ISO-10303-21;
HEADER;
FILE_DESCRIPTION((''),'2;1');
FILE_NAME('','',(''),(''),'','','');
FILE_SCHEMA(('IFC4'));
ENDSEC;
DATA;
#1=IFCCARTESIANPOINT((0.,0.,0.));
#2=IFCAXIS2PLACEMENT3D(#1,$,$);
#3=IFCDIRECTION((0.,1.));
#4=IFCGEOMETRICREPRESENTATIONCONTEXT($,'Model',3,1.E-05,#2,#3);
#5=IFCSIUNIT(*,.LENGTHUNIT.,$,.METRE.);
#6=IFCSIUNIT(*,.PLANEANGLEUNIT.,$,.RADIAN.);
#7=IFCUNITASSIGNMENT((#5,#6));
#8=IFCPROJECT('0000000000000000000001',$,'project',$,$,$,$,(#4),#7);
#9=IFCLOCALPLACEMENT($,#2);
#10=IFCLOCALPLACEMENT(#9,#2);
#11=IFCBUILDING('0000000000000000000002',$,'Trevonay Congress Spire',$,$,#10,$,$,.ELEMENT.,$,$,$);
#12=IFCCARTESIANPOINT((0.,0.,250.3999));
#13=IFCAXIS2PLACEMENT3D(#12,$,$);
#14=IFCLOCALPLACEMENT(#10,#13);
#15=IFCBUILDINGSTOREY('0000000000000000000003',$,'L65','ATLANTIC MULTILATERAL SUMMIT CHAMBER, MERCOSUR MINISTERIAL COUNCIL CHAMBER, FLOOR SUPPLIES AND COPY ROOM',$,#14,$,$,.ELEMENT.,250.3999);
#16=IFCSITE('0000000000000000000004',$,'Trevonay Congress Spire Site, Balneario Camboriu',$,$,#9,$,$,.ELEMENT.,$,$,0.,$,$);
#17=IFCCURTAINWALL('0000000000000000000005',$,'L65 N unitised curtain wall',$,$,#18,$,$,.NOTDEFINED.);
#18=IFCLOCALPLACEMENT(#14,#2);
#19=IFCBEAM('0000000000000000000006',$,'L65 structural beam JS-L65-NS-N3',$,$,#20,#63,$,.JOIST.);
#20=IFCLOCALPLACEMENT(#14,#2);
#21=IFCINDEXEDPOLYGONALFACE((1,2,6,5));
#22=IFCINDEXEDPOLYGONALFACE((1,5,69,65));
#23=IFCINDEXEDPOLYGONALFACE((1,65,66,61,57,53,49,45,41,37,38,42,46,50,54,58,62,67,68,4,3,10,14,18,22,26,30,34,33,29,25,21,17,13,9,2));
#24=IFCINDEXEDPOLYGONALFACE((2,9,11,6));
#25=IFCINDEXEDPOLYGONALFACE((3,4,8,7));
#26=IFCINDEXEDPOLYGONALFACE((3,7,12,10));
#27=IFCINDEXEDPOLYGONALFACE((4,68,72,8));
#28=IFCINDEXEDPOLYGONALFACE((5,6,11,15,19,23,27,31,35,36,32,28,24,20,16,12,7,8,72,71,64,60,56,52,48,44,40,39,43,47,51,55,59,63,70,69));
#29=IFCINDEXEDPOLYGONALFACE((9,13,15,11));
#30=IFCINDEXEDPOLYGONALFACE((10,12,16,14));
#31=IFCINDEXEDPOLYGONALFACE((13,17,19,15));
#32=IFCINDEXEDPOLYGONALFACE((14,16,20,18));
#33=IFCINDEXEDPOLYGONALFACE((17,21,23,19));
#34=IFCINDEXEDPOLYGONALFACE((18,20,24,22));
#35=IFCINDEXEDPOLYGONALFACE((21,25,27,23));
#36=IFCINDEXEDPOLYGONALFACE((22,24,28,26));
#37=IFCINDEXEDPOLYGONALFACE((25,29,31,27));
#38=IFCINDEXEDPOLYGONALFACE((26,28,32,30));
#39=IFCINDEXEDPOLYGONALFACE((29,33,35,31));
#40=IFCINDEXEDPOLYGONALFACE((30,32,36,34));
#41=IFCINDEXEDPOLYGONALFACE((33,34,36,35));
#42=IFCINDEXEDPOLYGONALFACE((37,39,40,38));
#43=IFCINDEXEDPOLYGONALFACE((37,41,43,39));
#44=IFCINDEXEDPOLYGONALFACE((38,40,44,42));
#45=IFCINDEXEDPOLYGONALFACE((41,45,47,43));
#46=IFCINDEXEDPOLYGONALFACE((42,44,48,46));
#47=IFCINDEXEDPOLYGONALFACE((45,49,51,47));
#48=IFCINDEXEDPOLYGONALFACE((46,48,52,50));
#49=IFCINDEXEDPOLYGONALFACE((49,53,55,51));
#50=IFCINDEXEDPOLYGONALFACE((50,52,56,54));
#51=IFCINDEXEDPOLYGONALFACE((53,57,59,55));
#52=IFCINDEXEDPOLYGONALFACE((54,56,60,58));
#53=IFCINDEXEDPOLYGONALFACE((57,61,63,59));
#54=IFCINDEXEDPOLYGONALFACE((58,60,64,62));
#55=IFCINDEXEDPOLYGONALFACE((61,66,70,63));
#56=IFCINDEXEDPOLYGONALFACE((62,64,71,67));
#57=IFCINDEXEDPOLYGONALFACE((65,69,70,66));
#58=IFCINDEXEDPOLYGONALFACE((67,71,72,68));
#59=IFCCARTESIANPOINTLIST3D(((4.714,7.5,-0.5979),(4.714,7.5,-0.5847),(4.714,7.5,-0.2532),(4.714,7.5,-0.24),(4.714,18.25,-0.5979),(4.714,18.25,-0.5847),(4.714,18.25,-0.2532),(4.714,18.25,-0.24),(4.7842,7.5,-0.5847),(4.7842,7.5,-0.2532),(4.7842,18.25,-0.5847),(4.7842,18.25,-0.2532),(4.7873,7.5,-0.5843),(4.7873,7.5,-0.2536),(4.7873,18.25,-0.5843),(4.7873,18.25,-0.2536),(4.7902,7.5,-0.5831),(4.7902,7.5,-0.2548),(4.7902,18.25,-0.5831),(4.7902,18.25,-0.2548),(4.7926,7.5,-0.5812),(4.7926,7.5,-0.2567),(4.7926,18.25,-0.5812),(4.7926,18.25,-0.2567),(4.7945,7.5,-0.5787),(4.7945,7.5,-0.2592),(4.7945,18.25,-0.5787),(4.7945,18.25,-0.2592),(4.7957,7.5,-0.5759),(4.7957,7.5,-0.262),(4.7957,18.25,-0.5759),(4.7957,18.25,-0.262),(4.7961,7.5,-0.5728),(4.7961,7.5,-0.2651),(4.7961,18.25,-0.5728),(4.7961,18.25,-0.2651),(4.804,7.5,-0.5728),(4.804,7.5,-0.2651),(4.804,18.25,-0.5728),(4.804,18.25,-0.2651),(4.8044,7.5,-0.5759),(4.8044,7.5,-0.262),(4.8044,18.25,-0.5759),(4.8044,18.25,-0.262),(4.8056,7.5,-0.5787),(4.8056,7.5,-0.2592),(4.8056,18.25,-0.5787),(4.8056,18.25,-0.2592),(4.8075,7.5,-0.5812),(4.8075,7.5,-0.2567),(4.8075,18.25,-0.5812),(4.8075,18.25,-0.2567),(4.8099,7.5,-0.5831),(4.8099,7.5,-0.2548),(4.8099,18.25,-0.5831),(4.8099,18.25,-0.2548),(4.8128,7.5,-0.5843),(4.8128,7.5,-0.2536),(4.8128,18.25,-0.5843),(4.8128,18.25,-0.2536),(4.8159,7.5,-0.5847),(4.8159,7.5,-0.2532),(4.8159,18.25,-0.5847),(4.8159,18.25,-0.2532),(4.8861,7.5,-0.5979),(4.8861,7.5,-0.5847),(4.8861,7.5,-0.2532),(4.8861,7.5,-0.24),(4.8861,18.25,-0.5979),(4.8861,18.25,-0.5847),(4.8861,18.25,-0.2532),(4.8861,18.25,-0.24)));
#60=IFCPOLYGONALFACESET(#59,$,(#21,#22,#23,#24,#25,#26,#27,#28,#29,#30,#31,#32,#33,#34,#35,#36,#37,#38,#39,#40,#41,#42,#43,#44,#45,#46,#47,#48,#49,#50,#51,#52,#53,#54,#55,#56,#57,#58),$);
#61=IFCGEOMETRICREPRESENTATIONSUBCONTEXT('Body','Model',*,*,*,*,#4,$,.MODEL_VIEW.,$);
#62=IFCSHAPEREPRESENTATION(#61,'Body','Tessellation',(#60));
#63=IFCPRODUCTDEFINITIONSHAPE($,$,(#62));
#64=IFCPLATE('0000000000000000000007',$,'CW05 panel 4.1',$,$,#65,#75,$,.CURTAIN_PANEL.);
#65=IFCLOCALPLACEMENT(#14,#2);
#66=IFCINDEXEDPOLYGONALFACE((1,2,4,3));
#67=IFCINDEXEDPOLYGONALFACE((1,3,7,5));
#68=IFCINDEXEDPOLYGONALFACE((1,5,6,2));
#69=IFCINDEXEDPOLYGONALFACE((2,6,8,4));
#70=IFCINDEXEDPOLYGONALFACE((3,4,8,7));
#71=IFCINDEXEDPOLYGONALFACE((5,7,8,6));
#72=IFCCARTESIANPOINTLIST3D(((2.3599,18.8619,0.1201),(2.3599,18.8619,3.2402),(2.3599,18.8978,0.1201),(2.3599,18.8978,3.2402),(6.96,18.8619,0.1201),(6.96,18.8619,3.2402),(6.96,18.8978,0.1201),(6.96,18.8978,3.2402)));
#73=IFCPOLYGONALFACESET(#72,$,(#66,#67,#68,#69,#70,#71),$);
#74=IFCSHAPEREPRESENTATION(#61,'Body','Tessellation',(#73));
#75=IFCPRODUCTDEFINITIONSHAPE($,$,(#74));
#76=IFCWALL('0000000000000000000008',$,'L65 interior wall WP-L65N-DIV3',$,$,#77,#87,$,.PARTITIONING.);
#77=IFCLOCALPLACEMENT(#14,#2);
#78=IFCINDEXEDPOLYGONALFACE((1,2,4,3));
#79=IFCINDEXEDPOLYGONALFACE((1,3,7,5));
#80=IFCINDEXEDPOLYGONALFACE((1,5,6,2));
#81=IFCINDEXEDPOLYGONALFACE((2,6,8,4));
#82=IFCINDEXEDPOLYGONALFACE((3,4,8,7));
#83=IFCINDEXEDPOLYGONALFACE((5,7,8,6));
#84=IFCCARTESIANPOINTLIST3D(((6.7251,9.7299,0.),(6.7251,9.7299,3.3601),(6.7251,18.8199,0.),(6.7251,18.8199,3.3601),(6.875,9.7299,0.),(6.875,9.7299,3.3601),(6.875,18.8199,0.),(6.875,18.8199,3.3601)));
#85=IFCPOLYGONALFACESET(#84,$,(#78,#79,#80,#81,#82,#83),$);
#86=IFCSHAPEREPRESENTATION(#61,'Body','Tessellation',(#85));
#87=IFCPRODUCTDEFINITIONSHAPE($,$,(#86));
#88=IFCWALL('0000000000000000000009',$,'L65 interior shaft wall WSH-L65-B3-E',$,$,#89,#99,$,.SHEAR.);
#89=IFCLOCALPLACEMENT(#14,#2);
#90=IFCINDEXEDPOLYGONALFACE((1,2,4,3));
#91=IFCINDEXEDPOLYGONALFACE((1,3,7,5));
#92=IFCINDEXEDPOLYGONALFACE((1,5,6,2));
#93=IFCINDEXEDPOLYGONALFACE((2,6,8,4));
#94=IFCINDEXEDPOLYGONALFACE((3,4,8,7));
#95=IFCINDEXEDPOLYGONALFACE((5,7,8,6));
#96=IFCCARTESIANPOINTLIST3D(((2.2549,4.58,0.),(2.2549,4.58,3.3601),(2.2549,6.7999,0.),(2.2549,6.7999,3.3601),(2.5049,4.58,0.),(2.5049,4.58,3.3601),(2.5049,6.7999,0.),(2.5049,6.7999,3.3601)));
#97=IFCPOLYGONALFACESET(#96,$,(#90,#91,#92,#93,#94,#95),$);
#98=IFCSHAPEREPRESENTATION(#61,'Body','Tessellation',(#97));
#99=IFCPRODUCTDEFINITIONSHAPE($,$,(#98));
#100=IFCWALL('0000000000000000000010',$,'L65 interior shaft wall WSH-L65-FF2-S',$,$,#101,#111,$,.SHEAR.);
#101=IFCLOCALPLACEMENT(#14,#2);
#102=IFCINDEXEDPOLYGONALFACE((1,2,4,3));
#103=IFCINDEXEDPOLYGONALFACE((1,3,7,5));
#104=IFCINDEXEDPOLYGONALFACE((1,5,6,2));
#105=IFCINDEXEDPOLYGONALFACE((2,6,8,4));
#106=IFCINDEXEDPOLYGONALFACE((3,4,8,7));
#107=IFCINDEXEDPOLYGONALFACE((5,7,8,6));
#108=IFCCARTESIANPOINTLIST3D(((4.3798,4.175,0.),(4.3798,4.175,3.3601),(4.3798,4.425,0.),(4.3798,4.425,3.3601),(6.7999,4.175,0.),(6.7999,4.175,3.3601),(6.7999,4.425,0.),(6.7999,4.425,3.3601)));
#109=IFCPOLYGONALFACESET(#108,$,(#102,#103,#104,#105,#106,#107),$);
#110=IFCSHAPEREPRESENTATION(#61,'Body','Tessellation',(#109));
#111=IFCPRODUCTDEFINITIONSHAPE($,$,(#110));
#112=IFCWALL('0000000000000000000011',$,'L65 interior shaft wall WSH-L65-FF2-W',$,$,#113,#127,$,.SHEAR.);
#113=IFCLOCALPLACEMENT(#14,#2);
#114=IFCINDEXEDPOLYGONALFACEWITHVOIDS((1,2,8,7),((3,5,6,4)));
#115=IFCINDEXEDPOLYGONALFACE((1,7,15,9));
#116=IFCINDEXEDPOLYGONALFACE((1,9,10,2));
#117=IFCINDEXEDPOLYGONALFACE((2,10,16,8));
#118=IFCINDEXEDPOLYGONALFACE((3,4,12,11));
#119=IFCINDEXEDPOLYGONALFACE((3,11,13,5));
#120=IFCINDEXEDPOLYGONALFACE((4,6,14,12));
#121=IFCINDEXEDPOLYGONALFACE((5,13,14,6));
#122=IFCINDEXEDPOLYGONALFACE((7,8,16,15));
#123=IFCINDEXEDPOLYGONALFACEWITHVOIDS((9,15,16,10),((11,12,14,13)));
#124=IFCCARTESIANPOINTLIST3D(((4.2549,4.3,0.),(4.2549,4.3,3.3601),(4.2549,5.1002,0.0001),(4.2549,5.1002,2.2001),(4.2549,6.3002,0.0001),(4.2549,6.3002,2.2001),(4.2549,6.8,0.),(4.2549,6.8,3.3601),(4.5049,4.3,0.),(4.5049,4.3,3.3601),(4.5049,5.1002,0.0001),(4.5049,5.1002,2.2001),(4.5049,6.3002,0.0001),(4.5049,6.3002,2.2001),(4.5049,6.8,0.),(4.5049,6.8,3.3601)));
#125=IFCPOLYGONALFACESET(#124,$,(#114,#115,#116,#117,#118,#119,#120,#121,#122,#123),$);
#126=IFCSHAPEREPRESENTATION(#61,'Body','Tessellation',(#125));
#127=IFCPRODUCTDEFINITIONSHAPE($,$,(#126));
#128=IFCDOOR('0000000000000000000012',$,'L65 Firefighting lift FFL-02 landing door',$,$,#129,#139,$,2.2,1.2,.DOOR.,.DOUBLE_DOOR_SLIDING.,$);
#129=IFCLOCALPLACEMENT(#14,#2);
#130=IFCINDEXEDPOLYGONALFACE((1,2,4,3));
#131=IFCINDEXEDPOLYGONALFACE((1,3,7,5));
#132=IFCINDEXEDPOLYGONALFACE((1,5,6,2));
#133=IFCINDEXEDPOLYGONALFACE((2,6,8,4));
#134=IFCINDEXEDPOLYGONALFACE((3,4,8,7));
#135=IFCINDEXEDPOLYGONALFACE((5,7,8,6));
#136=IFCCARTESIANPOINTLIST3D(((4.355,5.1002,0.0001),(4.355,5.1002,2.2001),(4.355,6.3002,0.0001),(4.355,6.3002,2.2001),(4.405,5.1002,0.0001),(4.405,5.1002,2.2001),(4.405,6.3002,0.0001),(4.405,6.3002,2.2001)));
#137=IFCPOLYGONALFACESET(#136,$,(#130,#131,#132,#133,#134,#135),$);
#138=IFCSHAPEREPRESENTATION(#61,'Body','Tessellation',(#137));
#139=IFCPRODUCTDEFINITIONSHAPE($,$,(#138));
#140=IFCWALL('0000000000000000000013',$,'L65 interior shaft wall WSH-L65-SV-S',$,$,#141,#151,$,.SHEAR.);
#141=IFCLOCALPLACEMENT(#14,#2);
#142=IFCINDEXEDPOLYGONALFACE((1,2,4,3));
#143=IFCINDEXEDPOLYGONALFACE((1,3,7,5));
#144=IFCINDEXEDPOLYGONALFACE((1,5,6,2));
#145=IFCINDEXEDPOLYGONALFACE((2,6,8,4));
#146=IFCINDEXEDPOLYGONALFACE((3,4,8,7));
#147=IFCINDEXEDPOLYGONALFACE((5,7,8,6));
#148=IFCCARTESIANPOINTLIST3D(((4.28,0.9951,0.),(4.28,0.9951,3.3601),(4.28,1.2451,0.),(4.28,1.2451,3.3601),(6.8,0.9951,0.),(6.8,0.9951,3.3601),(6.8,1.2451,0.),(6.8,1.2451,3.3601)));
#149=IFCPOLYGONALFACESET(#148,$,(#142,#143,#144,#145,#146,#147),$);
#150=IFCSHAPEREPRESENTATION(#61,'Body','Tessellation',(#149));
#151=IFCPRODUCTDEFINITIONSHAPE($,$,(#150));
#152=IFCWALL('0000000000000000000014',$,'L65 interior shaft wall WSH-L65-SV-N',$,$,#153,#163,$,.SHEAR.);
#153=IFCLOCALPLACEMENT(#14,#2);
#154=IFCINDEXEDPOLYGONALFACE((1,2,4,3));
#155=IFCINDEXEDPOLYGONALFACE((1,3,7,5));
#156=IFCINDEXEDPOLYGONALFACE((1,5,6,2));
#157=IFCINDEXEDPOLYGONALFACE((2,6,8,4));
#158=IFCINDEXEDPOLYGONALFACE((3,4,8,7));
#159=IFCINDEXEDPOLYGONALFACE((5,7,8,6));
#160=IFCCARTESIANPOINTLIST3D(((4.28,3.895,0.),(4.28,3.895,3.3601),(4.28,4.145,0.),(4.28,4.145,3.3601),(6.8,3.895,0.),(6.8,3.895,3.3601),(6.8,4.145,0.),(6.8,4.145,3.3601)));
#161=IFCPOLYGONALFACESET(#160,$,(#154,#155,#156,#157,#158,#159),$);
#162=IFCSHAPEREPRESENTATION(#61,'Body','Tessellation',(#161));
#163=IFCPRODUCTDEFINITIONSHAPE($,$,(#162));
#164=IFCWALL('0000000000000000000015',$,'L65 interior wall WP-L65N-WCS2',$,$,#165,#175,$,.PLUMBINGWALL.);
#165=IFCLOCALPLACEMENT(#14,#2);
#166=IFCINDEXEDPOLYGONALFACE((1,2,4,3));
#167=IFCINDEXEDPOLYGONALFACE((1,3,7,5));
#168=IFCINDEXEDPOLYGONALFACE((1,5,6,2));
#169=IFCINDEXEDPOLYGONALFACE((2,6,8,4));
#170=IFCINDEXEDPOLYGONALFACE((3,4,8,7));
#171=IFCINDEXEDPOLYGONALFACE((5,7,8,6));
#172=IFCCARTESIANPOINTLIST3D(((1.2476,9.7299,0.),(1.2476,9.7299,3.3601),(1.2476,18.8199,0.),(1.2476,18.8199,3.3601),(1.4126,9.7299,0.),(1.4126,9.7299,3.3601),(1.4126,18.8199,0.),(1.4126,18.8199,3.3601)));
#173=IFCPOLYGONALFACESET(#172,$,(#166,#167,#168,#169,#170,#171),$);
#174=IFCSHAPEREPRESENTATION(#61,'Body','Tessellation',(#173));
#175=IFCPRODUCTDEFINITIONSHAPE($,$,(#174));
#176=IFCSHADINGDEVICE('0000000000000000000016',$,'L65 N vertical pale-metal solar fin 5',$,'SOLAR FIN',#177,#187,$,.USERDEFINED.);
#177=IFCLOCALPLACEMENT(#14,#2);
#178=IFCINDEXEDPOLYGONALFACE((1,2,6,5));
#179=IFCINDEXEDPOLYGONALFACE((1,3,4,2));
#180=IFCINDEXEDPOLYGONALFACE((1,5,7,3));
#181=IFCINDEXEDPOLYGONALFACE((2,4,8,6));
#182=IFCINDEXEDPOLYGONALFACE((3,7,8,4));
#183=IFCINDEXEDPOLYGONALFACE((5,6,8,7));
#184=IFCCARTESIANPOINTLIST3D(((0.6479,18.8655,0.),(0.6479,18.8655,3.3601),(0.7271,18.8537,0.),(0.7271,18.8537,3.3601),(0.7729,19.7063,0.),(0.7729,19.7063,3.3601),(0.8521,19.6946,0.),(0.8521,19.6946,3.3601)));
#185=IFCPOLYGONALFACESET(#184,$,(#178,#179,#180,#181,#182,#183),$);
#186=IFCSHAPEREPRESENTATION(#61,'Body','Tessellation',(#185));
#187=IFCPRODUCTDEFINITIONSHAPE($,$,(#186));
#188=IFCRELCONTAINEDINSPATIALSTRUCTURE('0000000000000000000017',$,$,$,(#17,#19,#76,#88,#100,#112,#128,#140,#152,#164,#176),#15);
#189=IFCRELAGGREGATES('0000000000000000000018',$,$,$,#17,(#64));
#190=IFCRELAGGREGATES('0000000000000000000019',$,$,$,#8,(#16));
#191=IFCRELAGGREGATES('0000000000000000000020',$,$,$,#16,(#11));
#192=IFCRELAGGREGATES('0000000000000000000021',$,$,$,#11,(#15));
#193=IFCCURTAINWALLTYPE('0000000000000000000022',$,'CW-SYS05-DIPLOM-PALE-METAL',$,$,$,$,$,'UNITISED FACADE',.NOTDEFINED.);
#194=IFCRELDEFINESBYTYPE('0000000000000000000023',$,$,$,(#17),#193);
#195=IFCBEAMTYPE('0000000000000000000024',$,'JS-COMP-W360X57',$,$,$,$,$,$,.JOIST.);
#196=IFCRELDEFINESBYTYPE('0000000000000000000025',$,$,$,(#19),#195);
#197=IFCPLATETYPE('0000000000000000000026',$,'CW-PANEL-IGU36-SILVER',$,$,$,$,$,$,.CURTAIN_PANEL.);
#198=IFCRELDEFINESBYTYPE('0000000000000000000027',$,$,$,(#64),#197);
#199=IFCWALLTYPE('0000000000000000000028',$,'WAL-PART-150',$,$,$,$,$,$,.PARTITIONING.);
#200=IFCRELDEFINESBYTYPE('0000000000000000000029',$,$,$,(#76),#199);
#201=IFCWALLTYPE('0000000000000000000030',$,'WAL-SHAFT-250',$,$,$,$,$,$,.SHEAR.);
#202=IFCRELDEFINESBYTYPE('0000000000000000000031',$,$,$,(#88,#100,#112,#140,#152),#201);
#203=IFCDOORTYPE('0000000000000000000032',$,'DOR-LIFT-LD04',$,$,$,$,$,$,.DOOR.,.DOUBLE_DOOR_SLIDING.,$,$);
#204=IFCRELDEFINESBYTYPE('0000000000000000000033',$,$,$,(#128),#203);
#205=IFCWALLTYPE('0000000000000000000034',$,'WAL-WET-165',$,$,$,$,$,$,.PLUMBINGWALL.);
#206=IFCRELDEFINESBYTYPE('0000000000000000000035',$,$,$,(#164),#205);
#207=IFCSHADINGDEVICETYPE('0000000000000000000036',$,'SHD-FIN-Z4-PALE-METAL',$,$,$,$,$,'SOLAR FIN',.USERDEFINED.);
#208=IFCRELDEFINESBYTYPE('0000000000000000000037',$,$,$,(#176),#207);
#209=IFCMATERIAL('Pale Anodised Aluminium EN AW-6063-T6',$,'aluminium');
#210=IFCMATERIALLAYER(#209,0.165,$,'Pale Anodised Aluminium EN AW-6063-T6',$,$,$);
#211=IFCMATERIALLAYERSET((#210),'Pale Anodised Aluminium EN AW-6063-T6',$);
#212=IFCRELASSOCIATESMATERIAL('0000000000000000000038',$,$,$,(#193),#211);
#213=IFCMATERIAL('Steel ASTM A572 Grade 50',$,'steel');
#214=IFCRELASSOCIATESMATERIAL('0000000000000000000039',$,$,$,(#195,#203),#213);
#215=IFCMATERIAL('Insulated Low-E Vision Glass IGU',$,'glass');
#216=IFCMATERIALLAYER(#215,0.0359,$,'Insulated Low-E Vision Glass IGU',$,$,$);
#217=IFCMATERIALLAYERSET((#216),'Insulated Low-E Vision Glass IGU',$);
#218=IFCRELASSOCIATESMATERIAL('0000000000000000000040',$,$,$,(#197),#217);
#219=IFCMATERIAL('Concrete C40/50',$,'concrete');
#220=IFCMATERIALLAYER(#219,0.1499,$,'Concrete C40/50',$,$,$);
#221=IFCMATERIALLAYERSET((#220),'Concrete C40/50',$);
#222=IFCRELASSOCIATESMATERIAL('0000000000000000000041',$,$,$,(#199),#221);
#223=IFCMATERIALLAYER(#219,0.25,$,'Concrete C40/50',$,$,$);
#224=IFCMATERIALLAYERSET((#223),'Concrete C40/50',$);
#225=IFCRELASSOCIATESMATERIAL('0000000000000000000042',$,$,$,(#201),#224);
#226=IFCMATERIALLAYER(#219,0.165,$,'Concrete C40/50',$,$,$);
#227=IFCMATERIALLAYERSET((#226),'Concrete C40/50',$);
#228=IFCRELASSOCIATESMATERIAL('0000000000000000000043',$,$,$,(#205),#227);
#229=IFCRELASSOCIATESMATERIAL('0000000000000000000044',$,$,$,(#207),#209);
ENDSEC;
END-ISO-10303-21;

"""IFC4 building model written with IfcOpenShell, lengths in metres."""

from ifc_helpers import new_model, si_unit, direction, frame, frame_2d, origin, origin_2d, place, context, subcontext, project, spatial, rectangle, i_section, extrude, material, layer, layer_set, material_profile, profile_set, type_object, element, fill, aggregate, save


model = new_model("IFC4")

# Units and contexts
model_context = context("Model", 3, precision=1e-05, world=origin(), true_north=direction((0.0, 1.0)))
body_context = subcontext(model_context, "Body", "Model", "MODEL_VIEW")
ifc_project = project(units=[si_unit("LENGTHUNIT", "METRE"), si_unit("PLANEANGLEUNIT", "RADIAN")], contexts=[model_context])

# Site, building, storey
site_placement = place(None, origin())
site = spatial("IfcSite", under=ifc_project, at=site_placement, Name="Trevonay Congress Spire Site, Balneario Camboriu", CompositionType="ELEMENT", RefElevation=0.0)
building_placement = place(site_placement, origin())
building = spatial("IfcBuilding", under=site, at=building_placement, Name="Trevonay Congress Spire", CompositionType="ELEMENT")
storey_placement = place(building_placement, frame((0.0, 0.0, 250.3999)))
storey = spatial("IfcBuildingStorey", under=building, at=storey_placement, Name="L65", Description="ATLANTIC MULTILATERAL SUMMIT CHAMBER, MERCOSUR MINISTERIAL COUNCIL CHAMBER, FLOOR SUPPLIES AND COPY ROOM", CompositionType="ELEMENT", Elevation=250.3999)

# Shared definitions
ifc_material_1 = material(Name="Steel ASTM A572 Grade 50", Category="steel")

# Curtain wall
ifc_material_2 = material(Name="Pale Anodised Aluminium EN AW-6063-T6", Category="aluminium")
ifc_layer_1 = layer(ifc_material_2, 0.165, Name="Pale Anodised Aluminium EN AW-6063-T6")
ifc_layer_set_1 = layer_set([ifc_layer_1], Name="Pale Anodised Aluminium EN AW-6063-T6")
curtain_wall_type = type_object("IfcCurtainWallType", Name="CW-SYS05-DIPLOM-PALE-METAL", ElementType="UNITISED FACADE", PredefinedType="NOTDEFINED", material=ifc_layer_set_1)
curtain_wall_placement = place(storey_placement, origin())
curtain_wall = element("IfcCurtainWall", 1, at=curtain_wall_placement, inside=storey, type_object=curtain_wall_type, Name="L65 N unitised curtain wall", PredefinedType="NOTDEFINED")

# Beam
ifc_material_profile_1 = material_profile(ifc_material_1, i_section(OverallWidth=0.1721, OverallDepth=0.3579, WebThickness=0.0078, FlangeThickness=0.0132, FilletRadius=0.012, at=origin_2d()), Name="W360x57.8")
ifc_profile_set_1 = profile_set([ifc_material_profile_1], Name="Steel ASTM A572 Grade 50")
beam_type_1 = type_object("IfcBeamType", Name="JS-COMP-W360X57", PredefinedType="JOIST", material=ifc_profile_set_1)
beam_1_placement = place(storey_placement, frame((4.8, 7.5, -0.4189), z_axis=(0.0, 1.0, 0.0), x_axis=(-1.0, 0.0, 0.0)))
element("IfcBeam", 2, at=beam_1_placement, inside=storey, type_object=beam_type_1, Name="L65 structural beam JS-L65-NS-N3", PredefinedType="JOIST", context=body_context, shape_type="SweptSolid", body=[
    extrude(i_section(OverallWidth=0.1721, OverallDepth=0.3579, WebThickness=0.0078, FlangeThickness=0.0132, FilletRadius=0.012, at=origin_2d()), origin(), (0.0, 0.0, 1.0), 10.75),
])

# Plate
ifc_material_3 = material(Name="Insulated Low-E Vision Glass IGU", Category="glass")
ifc_layer_2 = layer(ifc_material_3, 0.0359, Name="Insulated Low-E Vision Glass IGU")
ifc_layer_set_2 = layer_set([ifc_layer_2], Name="Insulated Low-E Vision Glass IGU")
plate_type = type_object("IfcPlateType", Name="CW-PANEL-IGU36-SILVER", PredefinedType="CURTAIN_PANEL", material=ifc_layer_set_2)
plate_placement = place(storey_placement, frame((4.6599, 18.8799, 0.1201), z_axis=(0.0, 0.0, 1.0), x_axis=(1.0, 0.0, 0.0)))
plate = element("IfcPlate", 3, at=plate_placement, type_object=plate_type, Name="CW05 panel 4.1", PredefinedType="CURTAIN_PANEL", context=body_context, shape_type="SweptSolid", body=[
    extrude(rectangle(XDim=4.6001, YDim=0.0359, at=origin_2d()), origin(), (0.0, 0.0, 1.0), 3.1201),
])
aggregate(curtain_wall, [plate])

# Walls
ifc_material_4 = material(Name="Concrete C40/50", Category="concrete")
ifc_layer_3 = layer(ifc_material_4, 0.1499, Name="Concrete C40/50")
ifc_layer_set_3 = layer_set([ifc_layer_3], Name="Concrete C40/50")
wall_type_1 = type_object("IfcWallType", Name="WAL-PART-150", PredefinedType="PARTITIONING", material=ifc_layer_set_3)
wall_1_placement = place(storey_placement, frame((6.8, 9.73, 0.0), z_axis=(0.0, 0.0, 1.0), x_axis=(0.0, 1.0, 0.0)))
element("IfcWall", 4, at=wall_1_placement, inside=storey, type_object=wall_type_1, Name="L65 interior wall WP-L65N-DIV3", PredefinedType="PARTITIONING", context=body_context, shape_type="SweptSolid", body=[
    extrude(rectangle(XDim=9.0901, YDim=0.1499, at=frame_2d((4.5449, 0.0))), origin(), (0.0, 0.0, 1.0), 3.3601),
])
ifc_layer_4 = layer(ifc_material_4, 0.25, Name="Concrete C40/50")
ifc_layer_set_4 = layer_set([ifc_layer_4], Name="Concrete C40/50")
wall_type_2 = type_object("IfcWallType", Name="WAL-SHAFT-250", PredefinedType="SHEAR", material=ifc_layer_set_4)
wall_2_placement = place(storey_placement, frame((2.3799, 4.5801, 0.0), z_axis=(0.0, 0.0, 1.0), x_axis=(0.0, 1.0, 0.0)))
element("IfcWall", 5, at=wall_2_placement, inside=storey, type_object=wall_type_2, Name="L65 interior shaft wall WSH-L65-B3-E", PredefinedType="SHEAR", context=body_context, shape_type="SweptSolid", body=[
    extrude(rectangle(XDim=2.22, YDim=0.25, at=frame_2d((1.1099, 0.0))), origin(), (0.0, 0.0, 1.0), 3.3601),
])
wall_3_placement = place(storey_placement, frame((4.3799, 4.3, 0.0), z_axis=(0.0, 0.0, 1.0), x_axis=(1.0, 0.0, 0.0)))
element("IfcWall", 6, at=wall_3_placement, inside=storey, type_object=wall_type_2, Name="L65 interior shaft wall WSH-L65-FF2-S", PredefinedType="SHEAR", context=body_context, shape_type="SweptSolid", body=[
    extrude(rectangle(XDim=2.4202, YDim=0.25, at=frame_2d((1.21, 0.0))), origin(), (0.0, 0.0, 1.0), 3.3601),
])

# Wall, opening, door
wall_4_placement = place(storey_placement, frame((4.3799, 4.3, 0.0), z_axis=(0.0, 0.0, 1.0), x_axis=(0.0, 1.0, 0.0)))
wall_4 = element("IfcWall", 7, at=wall_4_placement, inside=storey, type_object=wall_type_2, Name="L65 interior shaft wall WSH-L65-FF2-W", PredefinedType="SHEAR", context=body_context, shape_type="SweptSolid", body=[
    extrude(rectangle(XDim=2.5, YDim=0.25, at=frame_2d((1.25, 0.0))), origin(), (0.0, 0.0, 1.0), 3.3601),
])
opening_placement = place(wall_4_placement, frame((0.8, 0.0, 0.0)))
opening = element("IfcOpeningElement", 8, at=opening_placement, cuts=wall_4, PredefinedType="OPENING", context=body_context, shape_type="SweptSolid", body=[
    extrude(rectangle(XDim=1.2, YDim=2.2, at=frame_2d((0.6001, 1.1001))), frame((0.0, 0.135, 0.0), z_axis=(0.0, -1.0, 0.0), x_axis=(1.0, 0.0, 0.0)), (0.0, 0.0, 1.0), 0.27),
])
door_type = type_object("IfcDoorType", Name="DOR-LIFT-LD04", OperationType="DOUBLE_DOOR_SLIDING", PredefinedType="DOOR", material=ifc_material_1)
door_placement = place(opening_placement, origin())
door = element("IfcDoor", 9, at=door_placement, inside=storey, type_object=door_type, Name="L65 Firefighting lift FFL-02 landing door", OperationType="DOUBLE_DOOR_SLIDING", OverallHeight=2.2, OverallWidth=1.2, PredefinedType="DOOR", context=body_context, shape_type="SweptSolid", body=[
    extrude(rectangle(XDim=1.2, YDim=2.2, at=frame_2d((0.6001, 1.1001))), frame((0.0, 0.0249, 0.0), z_axis=(0.0, -1.0, 0.0), x_axis=(1.0, 0.0, 0.0)), (0.0, 0.0, 1.0), 0.05),
])
fill(opening, door)

# Walls
for number, where, z_axis, x_axis, name in (
    (10, (4.28, 1.1201, 0.0), (0.0, 0.0, 1.0), (1.0, 0.0, 0.0), "L65 interior shaft wall WSH-L65-SV-S"),
    (11, (4.28, 4.02, 0.0), (0.0, 0.0, 1.0), (1.0, 0.0, 0.0), "L65 interior shaft wall WSH-L65-SV-N"),
):
    element("IfcWall", number, at=place(storey_placement, frame(where, z_axis=z_axis, x_axis=x_axis)), inside=storey, type_object=wall_type_2, Name=name, PredefinedType="SHEAR", context=body_context, shape_type="SweptSolid", body=[
        extrude(rectangle(XDim=2.52, YDim=0.25, at=frame_2d((1.26, 0.0))), origin(), (0.0, 0.0, 1.0), 3.3601),
    ])
ifc_layer_5 = layer(ifc_material_4, 0.165, Name="Concrete C40/50")
ifc_layer_set_5 = layer_set([ifc_layer_5], Name="Concrete C40/50")
wall_type_3 = type_object("IfcWallType", Name="WAL-WET-165", PredefinedType="PLUMBINGWALL", material=ifc_layer_set_5)
wall_5_placement = place(storey_placement, frame((1.3301, 9.73, 0.0), z_axis=(0.0, 0.0, 1.0), x_axis=(0.0, 1.0, 0.0)))
element("IfcWall", 12, at=wall_5_placement, inside=storey, type_object=wall_type_3, Name="L65 interior wall WP-L65N-WCS2", PredefinedType="PLUMBINGWALL", context=body_context, shape_type="SweptSolid", body=[
    extrude(rectangle(XDim=9.0901, YDim=0.165, at=frame_2d((4.5449, 0.0))), origin(), (0.0, 0.0, 1.0), 3.3601),
])

# Shading device
shading_device_type = type_object("IfcShadingDeviceType", Name="SHD-FIN-Z4-PALE-METAL", ElementType="SOLAR FIN", PredefinedType="USERDEFINED", material=ifc_material_2)
for number, where, z_axis, x_axis, name in (
    (13, (0.75, 19.28, 0.0), (0.0, 0.0, 1.0), (0.989144, -0.146946, 0.0), "L65 N vertical pale-metal solar fin 5"),
):
    element("IfcShadingDevice", number, at=place(storey_placement, frame(where, z_axis=z_axis, x_axis=x_axis)), inside=storey, type_object=shading_device_type, Name=name, ObjectType="SOLAR FIN", PredefinedType="USERDEFINED", context=body_context, shape_type="SweptSolid", body=[
        extrude(rectangle(XDim=0.0801, YDim=0.8501, at=origin_2d()), origin(), (0.0, 0.0, 1.0), 3.3601),
    ])

save(model, "model.ifc")
